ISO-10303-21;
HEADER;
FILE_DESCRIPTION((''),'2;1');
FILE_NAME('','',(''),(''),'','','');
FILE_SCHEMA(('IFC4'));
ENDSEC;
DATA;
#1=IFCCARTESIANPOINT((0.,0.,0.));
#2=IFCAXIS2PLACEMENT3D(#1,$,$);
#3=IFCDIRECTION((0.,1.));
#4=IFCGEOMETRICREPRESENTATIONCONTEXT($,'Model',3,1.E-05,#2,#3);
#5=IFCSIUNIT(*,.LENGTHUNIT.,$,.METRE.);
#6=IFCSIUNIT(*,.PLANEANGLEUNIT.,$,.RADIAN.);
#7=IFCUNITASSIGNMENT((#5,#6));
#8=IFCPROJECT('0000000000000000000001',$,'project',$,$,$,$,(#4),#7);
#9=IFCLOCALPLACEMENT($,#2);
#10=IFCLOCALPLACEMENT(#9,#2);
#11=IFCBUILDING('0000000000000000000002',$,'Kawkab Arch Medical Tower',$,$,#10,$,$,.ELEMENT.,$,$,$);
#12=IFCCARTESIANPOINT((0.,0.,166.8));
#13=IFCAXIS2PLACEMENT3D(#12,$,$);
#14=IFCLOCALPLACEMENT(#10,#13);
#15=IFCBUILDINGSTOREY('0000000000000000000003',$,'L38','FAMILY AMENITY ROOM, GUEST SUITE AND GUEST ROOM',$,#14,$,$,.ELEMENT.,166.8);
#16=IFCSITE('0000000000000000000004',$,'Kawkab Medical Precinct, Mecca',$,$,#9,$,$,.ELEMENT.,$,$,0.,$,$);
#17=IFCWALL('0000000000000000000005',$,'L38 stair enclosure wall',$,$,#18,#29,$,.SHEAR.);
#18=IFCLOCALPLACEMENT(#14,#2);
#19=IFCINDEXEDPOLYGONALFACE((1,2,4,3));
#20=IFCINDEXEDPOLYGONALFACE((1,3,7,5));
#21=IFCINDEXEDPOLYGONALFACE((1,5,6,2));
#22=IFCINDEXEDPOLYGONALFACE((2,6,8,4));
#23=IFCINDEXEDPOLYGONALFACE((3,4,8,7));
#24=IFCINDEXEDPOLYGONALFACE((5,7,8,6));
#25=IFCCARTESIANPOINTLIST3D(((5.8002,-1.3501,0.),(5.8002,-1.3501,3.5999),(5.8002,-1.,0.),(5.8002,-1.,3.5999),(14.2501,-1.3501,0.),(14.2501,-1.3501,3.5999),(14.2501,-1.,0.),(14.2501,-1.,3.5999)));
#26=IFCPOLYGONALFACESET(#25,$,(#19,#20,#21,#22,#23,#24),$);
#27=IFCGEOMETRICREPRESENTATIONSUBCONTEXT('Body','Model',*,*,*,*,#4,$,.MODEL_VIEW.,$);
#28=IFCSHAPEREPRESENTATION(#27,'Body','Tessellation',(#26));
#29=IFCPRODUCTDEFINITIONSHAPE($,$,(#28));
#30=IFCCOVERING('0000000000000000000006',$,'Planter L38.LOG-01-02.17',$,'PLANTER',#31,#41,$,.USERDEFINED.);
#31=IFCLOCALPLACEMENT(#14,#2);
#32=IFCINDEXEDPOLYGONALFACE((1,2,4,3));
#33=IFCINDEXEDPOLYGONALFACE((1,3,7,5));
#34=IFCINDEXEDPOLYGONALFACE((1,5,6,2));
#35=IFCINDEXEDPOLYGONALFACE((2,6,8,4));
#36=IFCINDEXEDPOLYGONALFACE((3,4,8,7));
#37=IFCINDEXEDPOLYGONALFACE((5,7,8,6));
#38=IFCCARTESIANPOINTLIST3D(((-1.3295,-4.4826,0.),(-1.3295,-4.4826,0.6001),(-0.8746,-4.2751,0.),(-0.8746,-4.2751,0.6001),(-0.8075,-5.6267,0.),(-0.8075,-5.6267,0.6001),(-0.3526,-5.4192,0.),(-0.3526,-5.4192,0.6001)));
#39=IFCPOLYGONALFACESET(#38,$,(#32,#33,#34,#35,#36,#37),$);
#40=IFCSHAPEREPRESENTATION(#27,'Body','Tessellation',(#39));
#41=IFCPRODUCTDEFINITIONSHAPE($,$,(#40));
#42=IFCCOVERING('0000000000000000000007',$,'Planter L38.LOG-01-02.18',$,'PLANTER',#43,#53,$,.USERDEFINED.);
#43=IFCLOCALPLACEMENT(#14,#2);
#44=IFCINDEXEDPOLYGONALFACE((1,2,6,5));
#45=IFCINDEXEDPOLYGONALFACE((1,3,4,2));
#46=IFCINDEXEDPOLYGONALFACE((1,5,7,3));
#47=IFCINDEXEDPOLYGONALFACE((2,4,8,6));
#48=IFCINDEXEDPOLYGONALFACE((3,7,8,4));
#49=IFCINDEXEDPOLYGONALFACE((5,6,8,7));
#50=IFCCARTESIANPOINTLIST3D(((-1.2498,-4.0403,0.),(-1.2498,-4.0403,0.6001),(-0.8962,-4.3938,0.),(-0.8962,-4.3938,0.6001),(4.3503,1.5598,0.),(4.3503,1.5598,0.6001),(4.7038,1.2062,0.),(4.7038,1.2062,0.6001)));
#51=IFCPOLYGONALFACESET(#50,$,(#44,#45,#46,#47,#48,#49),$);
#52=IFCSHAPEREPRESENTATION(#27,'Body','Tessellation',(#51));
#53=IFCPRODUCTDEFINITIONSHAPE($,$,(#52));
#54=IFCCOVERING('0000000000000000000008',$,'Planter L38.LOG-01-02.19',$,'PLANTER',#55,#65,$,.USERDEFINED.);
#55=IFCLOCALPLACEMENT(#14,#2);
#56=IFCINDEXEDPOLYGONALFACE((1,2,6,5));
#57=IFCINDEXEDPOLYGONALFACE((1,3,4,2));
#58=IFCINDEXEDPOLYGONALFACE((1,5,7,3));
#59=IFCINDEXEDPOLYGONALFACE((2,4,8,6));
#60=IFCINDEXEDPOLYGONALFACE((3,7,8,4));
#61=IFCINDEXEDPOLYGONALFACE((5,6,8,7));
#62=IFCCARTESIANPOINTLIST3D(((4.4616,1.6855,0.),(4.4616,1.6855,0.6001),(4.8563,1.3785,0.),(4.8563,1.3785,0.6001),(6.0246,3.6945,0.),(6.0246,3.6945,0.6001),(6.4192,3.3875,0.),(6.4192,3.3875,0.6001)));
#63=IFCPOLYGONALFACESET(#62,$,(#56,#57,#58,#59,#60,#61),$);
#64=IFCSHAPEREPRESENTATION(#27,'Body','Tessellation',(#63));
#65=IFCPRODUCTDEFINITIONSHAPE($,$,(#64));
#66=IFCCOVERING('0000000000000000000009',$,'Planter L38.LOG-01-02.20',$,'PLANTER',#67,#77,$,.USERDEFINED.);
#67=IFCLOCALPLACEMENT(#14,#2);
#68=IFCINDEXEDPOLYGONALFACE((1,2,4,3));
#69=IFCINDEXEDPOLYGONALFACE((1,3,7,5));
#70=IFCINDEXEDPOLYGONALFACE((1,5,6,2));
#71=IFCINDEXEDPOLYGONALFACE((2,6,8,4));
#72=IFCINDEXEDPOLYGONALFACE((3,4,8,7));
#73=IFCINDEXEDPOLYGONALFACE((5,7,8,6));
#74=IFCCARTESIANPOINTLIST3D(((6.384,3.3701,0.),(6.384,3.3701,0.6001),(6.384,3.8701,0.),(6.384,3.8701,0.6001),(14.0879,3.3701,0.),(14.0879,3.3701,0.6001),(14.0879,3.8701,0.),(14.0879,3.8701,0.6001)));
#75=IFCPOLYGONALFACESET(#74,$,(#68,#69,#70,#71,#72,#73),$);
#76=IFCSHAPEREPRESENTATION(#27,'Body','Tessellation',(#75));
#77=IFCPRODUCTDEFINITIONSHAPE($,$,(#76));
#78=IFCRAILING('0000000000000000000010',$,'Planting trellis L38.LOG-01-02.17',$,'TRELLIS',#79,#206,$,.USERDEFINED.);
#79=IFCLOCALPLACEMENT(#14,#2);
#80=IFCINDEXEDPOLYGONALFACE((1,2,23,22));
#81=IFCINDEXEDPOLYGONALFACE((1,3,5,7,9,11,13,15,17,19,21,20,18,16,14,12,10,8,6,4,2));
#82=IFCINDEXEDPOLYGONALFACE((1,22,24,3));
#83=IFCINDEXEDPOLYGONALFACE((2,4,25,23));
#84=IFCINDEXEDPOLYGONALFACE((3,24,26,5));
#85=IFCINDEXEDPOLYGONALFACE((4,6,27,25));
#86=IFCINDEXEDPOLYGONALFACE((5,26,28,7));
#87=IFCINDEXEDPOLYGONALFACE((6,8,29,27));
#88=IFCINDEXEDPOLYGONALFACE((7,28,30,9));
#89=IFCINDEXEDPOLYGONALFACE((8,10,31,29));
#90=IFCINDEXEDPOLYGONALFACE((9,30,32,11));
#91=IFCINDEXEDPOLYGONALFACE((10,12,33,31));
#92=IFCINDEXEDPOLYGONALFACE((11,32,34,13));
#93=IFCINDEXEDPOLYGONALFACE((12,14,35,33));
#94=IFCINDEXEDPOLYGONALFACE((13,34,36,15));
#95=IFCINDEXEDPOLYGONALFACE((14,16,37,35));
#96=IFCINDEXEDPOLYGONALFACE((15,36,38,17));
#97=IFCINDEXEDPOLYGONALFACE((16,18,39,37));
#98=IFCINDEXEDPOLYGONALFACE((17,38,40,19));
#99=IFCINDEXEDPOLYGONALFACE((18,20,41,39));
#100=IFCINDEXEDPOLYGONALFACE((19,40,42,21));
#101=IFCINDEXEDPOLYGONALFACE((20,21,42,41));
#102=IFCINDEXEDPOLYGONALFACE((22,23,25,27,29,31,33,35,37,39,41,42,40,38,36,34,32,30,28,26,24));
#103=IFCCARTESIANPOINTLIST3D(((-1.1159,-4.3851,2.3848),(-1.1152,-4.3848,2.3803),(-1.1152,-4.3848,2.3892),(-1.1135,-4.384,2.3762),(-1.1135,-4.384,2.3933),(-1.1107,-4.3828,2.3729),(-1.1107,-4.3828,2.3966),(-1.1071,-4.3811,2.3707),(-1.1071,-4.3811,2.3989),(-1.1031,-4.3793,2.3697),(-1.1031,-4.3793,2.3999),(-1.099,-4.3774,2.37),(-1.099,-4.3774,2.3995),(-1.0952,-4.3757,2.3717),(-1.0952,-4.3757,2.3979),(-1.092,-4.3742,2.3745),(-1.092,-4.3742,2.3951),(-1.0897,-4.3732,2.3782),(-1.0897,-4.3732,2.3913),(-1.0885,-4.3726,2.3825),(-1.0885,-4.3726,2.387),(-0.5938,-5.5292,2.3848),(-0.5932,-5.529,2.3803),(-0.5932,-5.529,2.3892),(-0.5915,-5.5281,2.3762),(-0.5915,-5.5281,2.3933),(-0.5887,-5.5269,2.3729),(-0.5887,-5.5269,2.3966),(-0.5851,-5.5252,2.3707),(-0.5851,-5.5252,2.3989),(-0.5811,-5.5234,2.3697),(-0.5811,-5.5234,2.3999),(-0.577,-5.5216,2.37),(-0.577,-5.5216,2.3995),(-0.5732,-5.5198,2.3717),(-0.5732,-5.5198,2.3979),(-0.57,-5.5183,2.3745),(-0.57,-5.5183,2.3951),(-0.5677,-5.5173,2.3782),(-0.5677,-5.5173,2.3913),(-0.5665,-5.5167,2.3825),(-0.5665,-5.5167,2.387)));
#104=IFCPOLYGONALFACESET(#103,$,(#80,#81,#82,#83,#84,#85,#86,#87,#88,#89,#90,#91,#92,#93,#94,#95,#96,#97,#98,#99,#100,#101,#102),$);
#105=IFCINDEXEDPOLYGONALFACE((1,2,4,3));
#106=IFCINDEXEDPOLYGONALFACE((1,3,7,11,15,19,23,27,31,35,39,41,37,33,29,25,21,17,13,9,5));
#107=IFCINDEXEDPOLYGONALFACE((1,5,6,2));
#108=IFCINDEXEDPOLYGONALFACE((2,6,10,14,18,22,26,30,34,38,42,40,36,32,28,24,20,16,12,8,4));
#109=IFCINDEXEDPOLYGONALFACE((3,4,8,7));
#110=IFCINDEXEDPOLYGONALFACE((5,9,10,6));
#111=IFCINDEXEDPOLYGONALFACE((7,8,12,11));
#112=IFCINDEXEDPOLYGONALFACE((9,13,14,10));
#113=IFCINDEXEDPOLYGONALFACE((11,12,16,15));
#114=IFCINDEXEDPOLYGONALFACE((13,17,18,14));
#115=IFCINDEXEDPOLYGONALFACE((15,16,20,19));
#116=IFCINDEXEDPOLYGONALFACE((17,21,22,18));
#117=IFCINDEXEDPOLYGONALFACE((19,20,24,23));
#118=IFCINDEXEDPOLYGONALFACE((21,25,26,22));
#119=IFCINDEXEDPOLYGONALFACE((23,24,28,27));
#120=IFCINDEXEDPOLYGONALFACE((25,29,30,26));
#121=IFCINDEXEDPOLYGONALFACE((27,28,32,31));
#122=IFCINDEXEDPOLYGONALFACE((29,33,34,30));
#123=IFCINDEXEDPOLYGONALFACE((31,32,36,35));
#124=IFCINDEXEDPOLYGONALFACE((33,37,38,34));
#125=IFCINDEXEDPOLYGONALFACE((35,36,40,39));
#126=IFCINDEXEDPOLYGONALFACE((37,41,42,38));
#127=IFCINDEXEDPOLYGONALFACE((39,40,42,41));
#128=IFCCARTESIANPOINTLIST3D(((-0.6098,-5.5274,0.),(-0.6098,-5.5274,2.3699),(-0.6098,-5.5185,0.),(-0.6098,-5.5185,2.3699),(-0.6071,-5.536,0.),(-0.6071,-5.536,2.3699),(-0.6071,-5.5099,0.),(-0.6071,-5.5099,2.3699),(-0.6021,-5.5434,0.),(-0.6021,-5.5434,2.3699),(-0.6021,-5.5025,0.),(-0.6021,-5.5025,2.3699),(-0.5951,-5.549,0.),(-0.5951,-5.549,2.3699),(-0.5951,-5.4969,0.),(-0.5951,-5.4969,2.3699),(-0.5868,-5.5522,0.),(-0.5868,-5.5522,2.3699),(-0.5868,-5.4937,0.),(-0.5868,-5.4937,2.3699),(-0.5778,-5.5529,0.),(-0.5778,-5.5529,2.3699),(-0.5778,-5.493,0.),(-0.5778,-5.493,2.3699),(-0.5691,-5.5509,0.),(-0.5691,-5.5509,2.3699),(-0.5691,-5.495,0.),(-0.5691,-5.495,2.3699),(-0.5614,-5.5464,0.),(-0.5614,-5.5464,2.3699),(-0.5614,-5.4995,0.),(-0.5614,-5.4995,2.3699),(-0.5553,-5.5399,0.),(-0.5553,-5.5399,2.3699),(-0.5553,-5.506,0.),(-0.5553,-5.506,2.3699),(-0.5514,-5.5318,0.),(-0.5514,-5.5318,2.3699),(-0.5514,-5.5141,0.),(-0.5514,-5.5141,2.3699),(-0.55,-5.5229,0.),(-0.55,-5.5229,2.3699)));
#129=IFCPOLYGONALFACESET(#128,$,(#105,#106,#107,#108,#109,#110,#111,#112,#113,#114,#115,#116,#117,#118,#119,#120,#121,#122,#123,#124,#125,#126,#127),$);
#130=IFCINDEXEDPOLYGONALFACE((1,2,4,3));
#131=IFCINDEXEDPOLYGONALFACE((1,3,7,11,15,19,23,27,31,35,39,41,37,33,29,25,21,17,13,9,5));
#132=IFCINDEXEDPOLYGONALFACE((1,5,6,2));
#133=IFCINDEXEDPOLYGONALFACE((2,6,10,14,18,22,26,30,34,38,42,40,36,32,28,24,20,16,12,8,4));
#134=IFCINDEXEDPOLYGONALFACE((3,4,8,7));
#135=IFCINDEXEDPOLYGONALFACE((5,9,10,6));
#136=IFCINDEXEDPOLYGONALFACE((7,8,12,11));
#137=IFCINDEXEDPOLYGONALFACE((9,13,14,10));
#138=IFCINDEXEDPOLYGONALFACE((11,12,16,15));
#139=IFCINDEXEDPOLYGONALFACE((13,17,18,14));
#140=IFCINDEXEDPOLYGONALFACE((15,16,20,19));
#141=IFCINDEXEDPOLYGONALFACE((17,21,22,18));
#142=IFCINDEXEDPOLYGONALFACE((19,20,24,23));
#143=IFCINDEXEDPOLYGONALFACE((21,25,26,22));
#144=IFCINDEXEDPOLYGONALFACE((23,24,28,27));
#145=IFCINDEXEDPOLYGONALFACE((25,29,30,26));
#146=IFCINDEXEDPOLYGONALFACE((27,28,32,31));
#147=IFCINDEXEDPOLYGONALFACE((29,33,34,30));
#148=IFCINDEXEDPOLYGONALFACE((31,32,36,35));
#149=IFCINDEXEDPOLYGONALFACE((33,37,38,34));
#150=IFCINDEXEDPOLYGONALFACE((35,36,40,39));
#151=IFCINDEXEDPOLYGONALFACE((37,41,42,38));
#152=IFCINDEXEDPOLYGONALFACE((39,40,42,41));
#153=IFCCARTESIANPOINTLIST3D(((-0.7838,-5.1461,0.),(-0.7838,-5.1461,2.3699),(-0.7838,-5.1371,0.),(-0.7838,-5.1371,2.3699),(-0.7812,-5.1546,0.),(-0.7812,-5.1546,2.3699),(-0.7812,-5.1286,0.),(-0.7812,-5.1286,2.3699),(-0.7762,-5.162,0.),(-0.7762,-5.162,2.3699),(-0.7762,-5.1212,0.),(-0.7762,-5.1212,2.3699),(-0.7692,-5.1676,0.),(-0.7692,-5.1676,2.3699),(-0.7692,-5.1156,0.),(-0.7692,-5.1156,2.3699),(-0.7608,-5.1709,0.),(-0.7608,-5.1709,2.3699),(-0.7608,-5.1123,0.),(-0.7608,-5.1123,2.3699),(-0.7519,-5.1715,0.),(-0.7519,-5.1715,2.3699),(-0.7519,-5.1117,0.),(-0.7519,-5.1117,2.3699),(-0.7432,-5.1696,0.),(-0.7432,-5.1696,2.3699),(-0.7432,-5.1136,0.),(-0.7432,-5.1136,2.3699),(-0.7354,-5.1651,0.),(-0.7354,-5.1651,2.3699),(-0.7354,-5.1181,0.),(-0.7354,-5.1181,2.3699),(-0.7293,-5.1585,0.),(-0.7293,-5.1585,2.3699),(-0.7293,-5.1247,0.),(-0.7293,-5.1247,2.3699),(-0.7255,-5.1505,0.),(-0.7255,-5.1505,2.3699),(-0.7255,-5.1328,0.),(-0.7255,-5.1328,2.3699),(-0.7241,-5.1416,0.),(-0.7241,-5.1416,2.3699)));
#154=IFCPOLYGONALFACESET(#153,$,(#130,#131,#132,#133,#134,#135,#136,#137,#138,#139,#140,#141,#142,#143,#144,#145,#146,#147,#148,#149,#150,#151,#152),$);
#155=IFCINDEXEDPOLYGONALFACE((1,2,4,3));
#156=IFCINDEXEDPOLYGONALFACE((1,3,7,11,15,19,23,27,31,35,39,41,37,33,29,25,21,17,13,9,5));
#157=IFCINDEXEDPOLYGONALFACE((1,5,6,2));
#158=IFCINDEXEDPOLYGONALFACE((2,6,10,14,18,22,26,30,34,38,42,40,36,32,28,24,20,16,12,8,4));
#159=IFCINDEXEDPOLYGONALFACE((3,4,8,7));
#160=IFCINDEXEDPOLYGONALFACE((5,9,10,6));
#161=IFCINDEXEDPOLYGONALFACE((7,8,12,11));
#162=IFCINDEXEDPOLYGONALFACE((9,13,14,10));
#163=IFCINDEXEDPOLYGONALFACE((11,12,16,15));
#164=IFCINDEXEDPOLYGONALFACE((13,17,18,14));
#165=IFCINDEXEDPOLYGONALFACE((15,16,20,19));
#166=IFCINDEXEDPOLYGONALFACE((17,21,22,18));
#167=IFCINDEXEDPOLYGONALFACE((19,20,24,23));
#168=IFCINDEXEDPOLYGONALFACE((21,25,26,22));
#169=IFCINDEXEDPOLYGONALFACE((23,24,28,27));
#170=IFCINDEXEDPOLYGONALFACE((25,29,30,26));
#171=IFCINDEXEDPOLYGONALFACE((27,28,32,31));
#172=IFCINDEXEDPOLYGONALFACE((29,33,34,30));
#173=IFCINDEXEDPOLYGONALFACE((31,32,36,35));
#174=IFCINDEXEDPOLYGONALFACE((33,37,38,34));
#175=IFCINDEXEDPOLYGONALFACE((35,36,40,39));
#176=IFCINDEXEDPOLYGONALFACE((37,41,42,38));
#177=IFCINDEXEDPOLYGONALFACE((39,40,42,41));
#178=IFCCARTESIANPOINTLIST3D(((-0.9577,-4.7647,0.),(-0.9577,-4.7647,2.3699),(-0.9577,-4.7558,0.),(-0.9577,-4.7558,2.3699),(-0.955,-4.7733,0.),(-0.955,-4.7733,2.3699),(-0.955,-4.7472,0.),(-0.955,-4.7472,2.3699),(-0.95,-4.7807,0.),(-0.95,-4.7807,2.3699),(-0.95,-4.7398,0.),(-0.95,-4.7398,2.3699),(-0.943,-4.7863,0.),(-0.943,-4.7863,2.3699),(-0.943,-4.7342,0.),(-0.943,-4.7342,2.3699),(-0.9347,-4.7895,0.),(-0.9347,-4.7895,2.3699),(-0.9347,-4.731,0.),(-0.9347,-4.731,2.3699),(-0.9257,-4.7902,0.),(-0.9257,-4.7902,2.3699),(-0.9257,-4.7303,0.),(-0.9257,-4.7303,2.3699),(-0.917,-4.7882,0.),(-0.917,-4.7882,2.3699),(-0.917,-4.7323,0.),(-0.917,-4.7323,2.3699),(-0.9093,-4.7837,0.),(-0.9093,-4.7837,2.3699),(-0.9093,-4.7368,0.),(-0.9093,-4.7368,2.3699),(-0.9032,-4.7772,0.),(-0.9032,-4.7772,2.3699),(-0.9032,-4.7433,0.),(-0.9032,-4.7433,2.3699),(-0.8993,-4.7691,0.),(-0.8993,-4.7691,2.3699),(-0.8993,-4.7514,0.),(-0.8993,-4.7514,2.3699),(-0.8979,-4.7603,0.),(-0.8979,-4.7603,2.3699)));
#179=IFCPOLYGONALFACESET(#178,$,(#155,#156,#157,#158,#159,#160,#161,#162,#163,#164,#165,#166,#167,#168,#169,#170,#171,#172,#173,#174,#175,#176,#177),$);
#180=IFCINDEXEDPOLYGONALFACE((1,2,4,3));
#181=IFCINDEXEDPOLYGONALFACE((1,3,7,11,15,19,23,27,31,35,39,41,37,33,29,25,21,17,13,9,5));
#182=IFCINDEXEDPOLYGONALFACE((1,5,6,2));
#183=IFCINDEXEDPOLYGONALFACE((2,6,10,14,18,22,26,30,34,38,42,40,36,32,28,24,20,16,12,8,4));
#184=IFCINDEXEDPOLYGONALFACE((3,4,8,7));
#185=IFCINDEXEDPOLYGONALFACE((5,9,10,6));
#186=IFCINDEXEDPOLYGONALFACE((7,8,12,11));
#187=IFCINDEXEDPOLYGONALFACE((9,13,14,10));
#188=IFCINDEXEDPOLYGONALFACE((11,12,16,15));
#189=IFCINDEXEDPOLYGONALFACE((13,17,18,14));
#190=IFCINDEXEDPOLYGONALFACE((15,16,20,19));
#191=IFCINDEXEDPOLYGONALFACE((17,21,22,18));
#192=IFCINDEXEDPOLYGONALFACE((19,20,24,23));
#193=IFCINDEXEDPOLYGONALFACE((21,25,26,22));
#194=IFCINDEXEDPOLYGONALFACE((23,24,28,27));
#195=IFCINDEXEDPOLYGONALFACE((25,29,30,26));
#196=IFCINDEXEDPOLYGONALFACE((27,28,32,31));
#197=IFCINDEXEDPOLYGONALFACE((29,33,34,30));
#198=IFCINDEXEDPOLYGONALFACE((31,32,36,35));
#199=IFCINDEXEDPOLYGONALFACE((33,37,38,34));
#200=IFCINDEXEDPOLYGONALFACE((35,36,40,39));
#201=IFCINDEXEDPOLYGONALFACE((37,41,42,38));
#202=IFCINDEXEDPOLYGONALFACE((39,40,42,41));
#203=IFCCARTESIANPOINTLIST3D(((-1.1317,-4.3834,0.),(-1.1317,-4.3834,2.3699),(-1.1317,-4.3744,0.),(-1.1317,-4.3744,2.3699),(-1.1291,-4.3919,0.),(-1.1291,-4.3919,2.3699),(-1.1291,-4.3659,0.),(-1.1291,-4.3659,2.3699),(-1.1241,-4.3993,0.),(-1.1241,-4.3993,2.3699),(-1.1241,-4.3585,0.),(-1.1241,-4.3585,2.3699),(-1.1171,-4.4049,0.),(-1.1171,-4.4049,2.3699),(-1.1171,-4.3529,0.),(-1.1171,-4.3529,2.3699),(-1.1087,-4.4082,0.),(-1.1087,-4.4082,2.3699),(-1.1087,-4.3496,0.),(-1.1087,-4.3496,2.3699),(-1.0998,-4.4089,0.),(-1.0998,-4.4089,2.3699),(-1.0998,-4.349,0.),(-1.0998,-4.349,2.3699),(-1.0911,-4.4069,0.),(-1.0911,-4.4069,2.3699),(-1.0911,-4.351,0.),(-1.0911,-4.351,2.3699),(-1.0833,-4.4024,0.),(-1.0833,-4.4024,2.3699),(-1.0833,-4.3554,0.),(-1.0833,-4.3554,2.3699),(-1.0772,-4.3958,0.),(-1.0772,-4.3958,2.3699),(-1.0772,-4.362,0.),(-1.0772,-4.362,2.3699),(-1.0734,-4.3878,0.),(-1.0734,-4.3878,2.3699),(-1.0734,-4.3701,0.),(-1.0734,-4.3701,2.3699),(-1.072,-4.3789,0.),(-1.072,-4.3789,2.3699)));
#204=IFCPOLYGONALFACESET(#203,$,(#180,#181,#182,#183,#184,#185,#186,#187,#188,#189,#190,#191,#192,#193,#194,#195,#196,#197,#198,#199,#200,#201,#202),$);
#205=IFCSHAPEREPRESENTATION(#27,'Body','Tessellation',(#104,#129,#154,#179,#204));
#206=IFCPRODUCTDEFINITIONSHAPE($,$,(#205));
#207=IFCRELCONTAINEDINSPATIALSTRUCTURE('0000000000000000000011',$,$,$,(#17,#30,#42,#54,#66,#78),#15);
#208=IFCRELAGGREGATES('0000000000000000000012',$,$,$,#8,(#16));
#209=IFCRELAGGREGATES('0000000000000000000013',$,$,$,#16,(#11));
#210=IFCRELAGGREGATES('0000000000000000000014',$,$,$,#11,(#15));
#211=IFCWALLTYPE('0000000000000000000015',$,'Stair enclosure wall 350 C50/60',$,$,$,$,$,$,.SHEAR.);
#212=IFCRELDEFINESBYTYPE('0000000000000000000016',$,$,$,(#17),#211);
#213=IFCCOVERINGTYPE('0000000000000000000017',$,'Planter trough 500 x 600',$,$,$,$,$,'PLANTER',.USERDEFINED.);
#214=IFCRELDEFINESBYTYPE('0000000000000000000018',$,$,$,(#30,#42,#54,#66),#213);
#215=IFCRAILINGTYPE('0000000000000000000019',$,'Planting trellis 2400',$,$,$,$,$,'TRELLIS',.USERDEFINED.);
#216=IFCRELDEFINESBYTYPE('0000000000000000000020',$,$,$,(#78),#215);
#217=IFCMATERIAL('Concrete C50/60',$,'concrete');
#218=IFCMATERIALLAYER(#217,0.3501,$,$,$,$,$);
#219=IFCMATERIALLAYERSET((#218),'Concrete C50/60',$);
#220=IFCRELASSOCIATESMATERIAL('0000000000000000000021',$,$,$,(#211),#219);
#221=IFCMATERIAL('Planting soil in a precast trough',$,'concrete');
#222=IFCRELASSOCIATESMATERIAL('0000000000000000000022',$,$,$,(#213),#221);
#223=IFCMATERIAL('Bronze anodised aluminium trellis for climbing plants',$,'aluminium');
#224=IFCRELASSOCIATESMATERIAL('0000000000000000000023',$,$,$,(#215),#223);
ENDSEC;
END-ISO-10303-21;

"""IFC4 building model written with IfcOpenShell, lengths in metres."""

from ifc_helpers import new_model, si_unit, direction, frame, frame_2d, origin, origin_2d, place, context, subcontext, project, spatial, rectangle, circle, extrude, material, layer, layer_set, material_profile, profile_set, type_object, element, save


model = new_model("IFC4")

# Units and contexts
model_context = context("Model", 3, precision=1e-05, world=origin(), true_north=direction((0.0, 1.0)))
body_context = subcontext(model_context, "Body", "Model", "MODEL_VIEW")
ifc_project = project(units=[si_unit("LENGTHUNIT", "METRE"), si_unit("PLANEANGLEUNIT", "RADIAN")], contexts=[model_context])

# Site, building, storey
site_placement = place(None, origin())
site = spatial("IfcSite", under=ifc_project, at=site_placement, Name="Kawkab Medical Precinct, Mecca", CompositionType="ELEMENT", RefElevation=0.0)
building_placement = place(site_placement, origin())
building = spatial("IfcBuilding", under=site, at=building_placement, Name="Kawkab Arch Medical Tower", CompositionType="ELEMENT")
storey_placement = place(building_placement, frame((0.0, 0.0, 166.8)))
storey = spatial("IfcBuildingStorey", under=building, at=storey_placement, Name="L38", Description="FAMILY AMENITY ROOM, GUEST SUITE AND GUEST ROOM", CompositionType="ELEMENT", Elevation=166.8)

# Wall
ifc_material_1 = material(Name="Concrete C50/60", Category="concrete")
ifc_layer_1 = layer(ifc_material_1, 0.3501)
ifc_layer_set_1 = layer_set([ifc_layer_1], Name="Concrete C50/60")
wall_type_1 = type_object("IfcWallType", Name="Stair enclosure wall 350 C50/60", PredefinedType="SHEAR", material=ifc_layer_set_1)
wall_1_placement = place(storey_placement, frame((5.8, -1.175, 0.0), z_axis=(0.0, 0.0, 1.0), x_axis=(1.0, 0.0, 0.0)))
element("IfcWall", 1, at=wall_1_placement, inside=storey, type_object=wall_type_1, Name="L38 stair enclosure wall", PredefinedType="SHEAR", context=body_context, shape_type="SweptSolid", body=[
    extrude(rectangle(XDim=8.45, YDim=0.3501, at=frame_2d((4.2251, 0.0))), origin(), (0.0, 0.0, 1.0), 3.5999),
])

# Coverings
ifc_material_2 = material(Name="Planting soil in a precast trough", Category="concrete")
ifc_material_profile_1 = material_profile(ifc_material_2, rectangle(XDim=0.5, YDim=0.6001, at=origin_2d()), Name="Trough 500x600")
ifc_profile_set_1 = profile_set([ifc_material_profile_1], Name="Planting soil in a precast trough")
covering_type = type_object("IfcCoveringType", Name="Planter trough 500 x 600", ElementType="PLANTER", PredefinedType="USERDEFINED", material=ifc_profile_set_1)
covering_1_placement = place(storey_placement, frame((-0.5801, -5.5229, 0.3), z_axis=(-0.41509, 0.90978, 0.0), x_axis=(-0.90978, -0.41509, 0.0)))
element("IfcCovering", 2, at=covering_1_placement, inside=storey, type_object=covering_type, Name="Planter L38.LOG-01-02.17", ObjectType="PLANTER", PredefinedType="USERDEFINED", context=body_context, shape_type="SweptSolid", body=[
    extrude(rectangle(XDim=0.5, YDim=0.6001, at=origin_2d()), origin(), (0.0, 0.0, 1.0), 1.2576),
])
covering_2_placement = place(storey_placement, frame((-1.073, -4.217, 0.3), z_axis=(0.707107, 0.707107, 0.0), x_axis=(-0.707107, 0.707107, 0.0)))
element("IfcCovering", 3, at=covering_2_placement, inside=storey, type_object=covering_type, Name="Planter L38.LOG-01-02.18", ObjectType="PLANTER", PredefinedType="USERDEFINED", context=body_context, shape_type="SweptSolid", body=[
    extrude(rectangle(XDim=0.5, YDim=0.6001, at=origin_2d()), origin(), (0.0, 0.0, 1.0), 7.9197),
])
covering_3_placement = place(storey_placement, frame((4.6589, 1.532, 0.3), z_axis=(0.61404, 0.789275, 0.0), x_axis=(-0.789275, 0.61404, 0.0)))
element("IfcCovering", 4, at=covering_3_placement, inside=storey, type_object=covering_type, Name="Planter L38.LOG-01-02.19", ObjectType="PLANTER", PredefinedType="USERDEFINED", context=body_context, shape_type="SweptSolid", body=[
    extrude(rectangle(XDim=0.5, YDim=0.6001, at=origin_2d()), origin(), (0.0, 0.0, 1.0), 2.5454),
])
covering_4_placement = place(storey_placement, frame((6.384, 3.6201, 0.3), z_axis=(1.0, 0.0, 0.0), x_axis=(0.0, 1.0, 0.0)))
element("IfcCovering", 5, at=covering_4_placement, inside=storey, type_object=covering_type, Name="Planter L38.LOG-01-02.20", ObjectType="PLANTER", PredefinedType="USERDEFINED", context=body_context, shape_type="SweptSolid", body=[
    extrude(rectangle(XDim=0.5, YDim=0.6001, at=origin_2d()), origin(), (0.0, 0.0, 1.0), 7.7039),
])

# Railing
ifc_material_3 = material(Name="Bronze anodised aluminium trellis for climbing plants", Category="aluminium")
railing_type = type_object("IfcRailingType", Name="Planting trellis 2400", ElementType="TRELLIS", PredefinedType="USERDEFINED", material=ifc_material_3)
railing_1_placement = place(storey_placement, frame((-0.5801, -5.5229, 0.0)))
element("IfcRailing", 6, at=railing_1_placement, inside=storey, type_object=railing_type, Name="Planting trellis L38.LOG-01-02.17", ObjectType="TRELLIS", PredefinedType="USERDEFINED", context=body_context, shape_type="SweptSolid", body=[
    extrude(circle(Radius=0.0151, at=origin_2d()), frame((0.0, 0.0, 2.3848), z_axis=(-0.41509, 0.90978, 0.0), x_axis=(-0.90978, -0.41509, 0.0)), (0.0, 0.0, 1.0), 1.2576),
    extrude(circle(Radius=0.03, at=origin_2d()), origin(), (0.0, 0.0, 1.0), 2.3699),
    extrude(circle(Radius=0.03, at=origin_2d()), frame((-0.1741, 0.3813, 0.0)), (0.0, 0.0, 1.0), 2.3699),
    extrude(circle(Radius=0.03, at=origin_2d()), frame((-0.3479, 0.7627, 0.0)), (0.0, 0.0, 1.0), 2.3699),
    extrude(circle(Radius=0.03, at=origin_2d()), frame((-0.522, 1.144, 0.0)), (0.0, 0.0, 1.0), 2.3699),
])

save(model, "model.ifc")
